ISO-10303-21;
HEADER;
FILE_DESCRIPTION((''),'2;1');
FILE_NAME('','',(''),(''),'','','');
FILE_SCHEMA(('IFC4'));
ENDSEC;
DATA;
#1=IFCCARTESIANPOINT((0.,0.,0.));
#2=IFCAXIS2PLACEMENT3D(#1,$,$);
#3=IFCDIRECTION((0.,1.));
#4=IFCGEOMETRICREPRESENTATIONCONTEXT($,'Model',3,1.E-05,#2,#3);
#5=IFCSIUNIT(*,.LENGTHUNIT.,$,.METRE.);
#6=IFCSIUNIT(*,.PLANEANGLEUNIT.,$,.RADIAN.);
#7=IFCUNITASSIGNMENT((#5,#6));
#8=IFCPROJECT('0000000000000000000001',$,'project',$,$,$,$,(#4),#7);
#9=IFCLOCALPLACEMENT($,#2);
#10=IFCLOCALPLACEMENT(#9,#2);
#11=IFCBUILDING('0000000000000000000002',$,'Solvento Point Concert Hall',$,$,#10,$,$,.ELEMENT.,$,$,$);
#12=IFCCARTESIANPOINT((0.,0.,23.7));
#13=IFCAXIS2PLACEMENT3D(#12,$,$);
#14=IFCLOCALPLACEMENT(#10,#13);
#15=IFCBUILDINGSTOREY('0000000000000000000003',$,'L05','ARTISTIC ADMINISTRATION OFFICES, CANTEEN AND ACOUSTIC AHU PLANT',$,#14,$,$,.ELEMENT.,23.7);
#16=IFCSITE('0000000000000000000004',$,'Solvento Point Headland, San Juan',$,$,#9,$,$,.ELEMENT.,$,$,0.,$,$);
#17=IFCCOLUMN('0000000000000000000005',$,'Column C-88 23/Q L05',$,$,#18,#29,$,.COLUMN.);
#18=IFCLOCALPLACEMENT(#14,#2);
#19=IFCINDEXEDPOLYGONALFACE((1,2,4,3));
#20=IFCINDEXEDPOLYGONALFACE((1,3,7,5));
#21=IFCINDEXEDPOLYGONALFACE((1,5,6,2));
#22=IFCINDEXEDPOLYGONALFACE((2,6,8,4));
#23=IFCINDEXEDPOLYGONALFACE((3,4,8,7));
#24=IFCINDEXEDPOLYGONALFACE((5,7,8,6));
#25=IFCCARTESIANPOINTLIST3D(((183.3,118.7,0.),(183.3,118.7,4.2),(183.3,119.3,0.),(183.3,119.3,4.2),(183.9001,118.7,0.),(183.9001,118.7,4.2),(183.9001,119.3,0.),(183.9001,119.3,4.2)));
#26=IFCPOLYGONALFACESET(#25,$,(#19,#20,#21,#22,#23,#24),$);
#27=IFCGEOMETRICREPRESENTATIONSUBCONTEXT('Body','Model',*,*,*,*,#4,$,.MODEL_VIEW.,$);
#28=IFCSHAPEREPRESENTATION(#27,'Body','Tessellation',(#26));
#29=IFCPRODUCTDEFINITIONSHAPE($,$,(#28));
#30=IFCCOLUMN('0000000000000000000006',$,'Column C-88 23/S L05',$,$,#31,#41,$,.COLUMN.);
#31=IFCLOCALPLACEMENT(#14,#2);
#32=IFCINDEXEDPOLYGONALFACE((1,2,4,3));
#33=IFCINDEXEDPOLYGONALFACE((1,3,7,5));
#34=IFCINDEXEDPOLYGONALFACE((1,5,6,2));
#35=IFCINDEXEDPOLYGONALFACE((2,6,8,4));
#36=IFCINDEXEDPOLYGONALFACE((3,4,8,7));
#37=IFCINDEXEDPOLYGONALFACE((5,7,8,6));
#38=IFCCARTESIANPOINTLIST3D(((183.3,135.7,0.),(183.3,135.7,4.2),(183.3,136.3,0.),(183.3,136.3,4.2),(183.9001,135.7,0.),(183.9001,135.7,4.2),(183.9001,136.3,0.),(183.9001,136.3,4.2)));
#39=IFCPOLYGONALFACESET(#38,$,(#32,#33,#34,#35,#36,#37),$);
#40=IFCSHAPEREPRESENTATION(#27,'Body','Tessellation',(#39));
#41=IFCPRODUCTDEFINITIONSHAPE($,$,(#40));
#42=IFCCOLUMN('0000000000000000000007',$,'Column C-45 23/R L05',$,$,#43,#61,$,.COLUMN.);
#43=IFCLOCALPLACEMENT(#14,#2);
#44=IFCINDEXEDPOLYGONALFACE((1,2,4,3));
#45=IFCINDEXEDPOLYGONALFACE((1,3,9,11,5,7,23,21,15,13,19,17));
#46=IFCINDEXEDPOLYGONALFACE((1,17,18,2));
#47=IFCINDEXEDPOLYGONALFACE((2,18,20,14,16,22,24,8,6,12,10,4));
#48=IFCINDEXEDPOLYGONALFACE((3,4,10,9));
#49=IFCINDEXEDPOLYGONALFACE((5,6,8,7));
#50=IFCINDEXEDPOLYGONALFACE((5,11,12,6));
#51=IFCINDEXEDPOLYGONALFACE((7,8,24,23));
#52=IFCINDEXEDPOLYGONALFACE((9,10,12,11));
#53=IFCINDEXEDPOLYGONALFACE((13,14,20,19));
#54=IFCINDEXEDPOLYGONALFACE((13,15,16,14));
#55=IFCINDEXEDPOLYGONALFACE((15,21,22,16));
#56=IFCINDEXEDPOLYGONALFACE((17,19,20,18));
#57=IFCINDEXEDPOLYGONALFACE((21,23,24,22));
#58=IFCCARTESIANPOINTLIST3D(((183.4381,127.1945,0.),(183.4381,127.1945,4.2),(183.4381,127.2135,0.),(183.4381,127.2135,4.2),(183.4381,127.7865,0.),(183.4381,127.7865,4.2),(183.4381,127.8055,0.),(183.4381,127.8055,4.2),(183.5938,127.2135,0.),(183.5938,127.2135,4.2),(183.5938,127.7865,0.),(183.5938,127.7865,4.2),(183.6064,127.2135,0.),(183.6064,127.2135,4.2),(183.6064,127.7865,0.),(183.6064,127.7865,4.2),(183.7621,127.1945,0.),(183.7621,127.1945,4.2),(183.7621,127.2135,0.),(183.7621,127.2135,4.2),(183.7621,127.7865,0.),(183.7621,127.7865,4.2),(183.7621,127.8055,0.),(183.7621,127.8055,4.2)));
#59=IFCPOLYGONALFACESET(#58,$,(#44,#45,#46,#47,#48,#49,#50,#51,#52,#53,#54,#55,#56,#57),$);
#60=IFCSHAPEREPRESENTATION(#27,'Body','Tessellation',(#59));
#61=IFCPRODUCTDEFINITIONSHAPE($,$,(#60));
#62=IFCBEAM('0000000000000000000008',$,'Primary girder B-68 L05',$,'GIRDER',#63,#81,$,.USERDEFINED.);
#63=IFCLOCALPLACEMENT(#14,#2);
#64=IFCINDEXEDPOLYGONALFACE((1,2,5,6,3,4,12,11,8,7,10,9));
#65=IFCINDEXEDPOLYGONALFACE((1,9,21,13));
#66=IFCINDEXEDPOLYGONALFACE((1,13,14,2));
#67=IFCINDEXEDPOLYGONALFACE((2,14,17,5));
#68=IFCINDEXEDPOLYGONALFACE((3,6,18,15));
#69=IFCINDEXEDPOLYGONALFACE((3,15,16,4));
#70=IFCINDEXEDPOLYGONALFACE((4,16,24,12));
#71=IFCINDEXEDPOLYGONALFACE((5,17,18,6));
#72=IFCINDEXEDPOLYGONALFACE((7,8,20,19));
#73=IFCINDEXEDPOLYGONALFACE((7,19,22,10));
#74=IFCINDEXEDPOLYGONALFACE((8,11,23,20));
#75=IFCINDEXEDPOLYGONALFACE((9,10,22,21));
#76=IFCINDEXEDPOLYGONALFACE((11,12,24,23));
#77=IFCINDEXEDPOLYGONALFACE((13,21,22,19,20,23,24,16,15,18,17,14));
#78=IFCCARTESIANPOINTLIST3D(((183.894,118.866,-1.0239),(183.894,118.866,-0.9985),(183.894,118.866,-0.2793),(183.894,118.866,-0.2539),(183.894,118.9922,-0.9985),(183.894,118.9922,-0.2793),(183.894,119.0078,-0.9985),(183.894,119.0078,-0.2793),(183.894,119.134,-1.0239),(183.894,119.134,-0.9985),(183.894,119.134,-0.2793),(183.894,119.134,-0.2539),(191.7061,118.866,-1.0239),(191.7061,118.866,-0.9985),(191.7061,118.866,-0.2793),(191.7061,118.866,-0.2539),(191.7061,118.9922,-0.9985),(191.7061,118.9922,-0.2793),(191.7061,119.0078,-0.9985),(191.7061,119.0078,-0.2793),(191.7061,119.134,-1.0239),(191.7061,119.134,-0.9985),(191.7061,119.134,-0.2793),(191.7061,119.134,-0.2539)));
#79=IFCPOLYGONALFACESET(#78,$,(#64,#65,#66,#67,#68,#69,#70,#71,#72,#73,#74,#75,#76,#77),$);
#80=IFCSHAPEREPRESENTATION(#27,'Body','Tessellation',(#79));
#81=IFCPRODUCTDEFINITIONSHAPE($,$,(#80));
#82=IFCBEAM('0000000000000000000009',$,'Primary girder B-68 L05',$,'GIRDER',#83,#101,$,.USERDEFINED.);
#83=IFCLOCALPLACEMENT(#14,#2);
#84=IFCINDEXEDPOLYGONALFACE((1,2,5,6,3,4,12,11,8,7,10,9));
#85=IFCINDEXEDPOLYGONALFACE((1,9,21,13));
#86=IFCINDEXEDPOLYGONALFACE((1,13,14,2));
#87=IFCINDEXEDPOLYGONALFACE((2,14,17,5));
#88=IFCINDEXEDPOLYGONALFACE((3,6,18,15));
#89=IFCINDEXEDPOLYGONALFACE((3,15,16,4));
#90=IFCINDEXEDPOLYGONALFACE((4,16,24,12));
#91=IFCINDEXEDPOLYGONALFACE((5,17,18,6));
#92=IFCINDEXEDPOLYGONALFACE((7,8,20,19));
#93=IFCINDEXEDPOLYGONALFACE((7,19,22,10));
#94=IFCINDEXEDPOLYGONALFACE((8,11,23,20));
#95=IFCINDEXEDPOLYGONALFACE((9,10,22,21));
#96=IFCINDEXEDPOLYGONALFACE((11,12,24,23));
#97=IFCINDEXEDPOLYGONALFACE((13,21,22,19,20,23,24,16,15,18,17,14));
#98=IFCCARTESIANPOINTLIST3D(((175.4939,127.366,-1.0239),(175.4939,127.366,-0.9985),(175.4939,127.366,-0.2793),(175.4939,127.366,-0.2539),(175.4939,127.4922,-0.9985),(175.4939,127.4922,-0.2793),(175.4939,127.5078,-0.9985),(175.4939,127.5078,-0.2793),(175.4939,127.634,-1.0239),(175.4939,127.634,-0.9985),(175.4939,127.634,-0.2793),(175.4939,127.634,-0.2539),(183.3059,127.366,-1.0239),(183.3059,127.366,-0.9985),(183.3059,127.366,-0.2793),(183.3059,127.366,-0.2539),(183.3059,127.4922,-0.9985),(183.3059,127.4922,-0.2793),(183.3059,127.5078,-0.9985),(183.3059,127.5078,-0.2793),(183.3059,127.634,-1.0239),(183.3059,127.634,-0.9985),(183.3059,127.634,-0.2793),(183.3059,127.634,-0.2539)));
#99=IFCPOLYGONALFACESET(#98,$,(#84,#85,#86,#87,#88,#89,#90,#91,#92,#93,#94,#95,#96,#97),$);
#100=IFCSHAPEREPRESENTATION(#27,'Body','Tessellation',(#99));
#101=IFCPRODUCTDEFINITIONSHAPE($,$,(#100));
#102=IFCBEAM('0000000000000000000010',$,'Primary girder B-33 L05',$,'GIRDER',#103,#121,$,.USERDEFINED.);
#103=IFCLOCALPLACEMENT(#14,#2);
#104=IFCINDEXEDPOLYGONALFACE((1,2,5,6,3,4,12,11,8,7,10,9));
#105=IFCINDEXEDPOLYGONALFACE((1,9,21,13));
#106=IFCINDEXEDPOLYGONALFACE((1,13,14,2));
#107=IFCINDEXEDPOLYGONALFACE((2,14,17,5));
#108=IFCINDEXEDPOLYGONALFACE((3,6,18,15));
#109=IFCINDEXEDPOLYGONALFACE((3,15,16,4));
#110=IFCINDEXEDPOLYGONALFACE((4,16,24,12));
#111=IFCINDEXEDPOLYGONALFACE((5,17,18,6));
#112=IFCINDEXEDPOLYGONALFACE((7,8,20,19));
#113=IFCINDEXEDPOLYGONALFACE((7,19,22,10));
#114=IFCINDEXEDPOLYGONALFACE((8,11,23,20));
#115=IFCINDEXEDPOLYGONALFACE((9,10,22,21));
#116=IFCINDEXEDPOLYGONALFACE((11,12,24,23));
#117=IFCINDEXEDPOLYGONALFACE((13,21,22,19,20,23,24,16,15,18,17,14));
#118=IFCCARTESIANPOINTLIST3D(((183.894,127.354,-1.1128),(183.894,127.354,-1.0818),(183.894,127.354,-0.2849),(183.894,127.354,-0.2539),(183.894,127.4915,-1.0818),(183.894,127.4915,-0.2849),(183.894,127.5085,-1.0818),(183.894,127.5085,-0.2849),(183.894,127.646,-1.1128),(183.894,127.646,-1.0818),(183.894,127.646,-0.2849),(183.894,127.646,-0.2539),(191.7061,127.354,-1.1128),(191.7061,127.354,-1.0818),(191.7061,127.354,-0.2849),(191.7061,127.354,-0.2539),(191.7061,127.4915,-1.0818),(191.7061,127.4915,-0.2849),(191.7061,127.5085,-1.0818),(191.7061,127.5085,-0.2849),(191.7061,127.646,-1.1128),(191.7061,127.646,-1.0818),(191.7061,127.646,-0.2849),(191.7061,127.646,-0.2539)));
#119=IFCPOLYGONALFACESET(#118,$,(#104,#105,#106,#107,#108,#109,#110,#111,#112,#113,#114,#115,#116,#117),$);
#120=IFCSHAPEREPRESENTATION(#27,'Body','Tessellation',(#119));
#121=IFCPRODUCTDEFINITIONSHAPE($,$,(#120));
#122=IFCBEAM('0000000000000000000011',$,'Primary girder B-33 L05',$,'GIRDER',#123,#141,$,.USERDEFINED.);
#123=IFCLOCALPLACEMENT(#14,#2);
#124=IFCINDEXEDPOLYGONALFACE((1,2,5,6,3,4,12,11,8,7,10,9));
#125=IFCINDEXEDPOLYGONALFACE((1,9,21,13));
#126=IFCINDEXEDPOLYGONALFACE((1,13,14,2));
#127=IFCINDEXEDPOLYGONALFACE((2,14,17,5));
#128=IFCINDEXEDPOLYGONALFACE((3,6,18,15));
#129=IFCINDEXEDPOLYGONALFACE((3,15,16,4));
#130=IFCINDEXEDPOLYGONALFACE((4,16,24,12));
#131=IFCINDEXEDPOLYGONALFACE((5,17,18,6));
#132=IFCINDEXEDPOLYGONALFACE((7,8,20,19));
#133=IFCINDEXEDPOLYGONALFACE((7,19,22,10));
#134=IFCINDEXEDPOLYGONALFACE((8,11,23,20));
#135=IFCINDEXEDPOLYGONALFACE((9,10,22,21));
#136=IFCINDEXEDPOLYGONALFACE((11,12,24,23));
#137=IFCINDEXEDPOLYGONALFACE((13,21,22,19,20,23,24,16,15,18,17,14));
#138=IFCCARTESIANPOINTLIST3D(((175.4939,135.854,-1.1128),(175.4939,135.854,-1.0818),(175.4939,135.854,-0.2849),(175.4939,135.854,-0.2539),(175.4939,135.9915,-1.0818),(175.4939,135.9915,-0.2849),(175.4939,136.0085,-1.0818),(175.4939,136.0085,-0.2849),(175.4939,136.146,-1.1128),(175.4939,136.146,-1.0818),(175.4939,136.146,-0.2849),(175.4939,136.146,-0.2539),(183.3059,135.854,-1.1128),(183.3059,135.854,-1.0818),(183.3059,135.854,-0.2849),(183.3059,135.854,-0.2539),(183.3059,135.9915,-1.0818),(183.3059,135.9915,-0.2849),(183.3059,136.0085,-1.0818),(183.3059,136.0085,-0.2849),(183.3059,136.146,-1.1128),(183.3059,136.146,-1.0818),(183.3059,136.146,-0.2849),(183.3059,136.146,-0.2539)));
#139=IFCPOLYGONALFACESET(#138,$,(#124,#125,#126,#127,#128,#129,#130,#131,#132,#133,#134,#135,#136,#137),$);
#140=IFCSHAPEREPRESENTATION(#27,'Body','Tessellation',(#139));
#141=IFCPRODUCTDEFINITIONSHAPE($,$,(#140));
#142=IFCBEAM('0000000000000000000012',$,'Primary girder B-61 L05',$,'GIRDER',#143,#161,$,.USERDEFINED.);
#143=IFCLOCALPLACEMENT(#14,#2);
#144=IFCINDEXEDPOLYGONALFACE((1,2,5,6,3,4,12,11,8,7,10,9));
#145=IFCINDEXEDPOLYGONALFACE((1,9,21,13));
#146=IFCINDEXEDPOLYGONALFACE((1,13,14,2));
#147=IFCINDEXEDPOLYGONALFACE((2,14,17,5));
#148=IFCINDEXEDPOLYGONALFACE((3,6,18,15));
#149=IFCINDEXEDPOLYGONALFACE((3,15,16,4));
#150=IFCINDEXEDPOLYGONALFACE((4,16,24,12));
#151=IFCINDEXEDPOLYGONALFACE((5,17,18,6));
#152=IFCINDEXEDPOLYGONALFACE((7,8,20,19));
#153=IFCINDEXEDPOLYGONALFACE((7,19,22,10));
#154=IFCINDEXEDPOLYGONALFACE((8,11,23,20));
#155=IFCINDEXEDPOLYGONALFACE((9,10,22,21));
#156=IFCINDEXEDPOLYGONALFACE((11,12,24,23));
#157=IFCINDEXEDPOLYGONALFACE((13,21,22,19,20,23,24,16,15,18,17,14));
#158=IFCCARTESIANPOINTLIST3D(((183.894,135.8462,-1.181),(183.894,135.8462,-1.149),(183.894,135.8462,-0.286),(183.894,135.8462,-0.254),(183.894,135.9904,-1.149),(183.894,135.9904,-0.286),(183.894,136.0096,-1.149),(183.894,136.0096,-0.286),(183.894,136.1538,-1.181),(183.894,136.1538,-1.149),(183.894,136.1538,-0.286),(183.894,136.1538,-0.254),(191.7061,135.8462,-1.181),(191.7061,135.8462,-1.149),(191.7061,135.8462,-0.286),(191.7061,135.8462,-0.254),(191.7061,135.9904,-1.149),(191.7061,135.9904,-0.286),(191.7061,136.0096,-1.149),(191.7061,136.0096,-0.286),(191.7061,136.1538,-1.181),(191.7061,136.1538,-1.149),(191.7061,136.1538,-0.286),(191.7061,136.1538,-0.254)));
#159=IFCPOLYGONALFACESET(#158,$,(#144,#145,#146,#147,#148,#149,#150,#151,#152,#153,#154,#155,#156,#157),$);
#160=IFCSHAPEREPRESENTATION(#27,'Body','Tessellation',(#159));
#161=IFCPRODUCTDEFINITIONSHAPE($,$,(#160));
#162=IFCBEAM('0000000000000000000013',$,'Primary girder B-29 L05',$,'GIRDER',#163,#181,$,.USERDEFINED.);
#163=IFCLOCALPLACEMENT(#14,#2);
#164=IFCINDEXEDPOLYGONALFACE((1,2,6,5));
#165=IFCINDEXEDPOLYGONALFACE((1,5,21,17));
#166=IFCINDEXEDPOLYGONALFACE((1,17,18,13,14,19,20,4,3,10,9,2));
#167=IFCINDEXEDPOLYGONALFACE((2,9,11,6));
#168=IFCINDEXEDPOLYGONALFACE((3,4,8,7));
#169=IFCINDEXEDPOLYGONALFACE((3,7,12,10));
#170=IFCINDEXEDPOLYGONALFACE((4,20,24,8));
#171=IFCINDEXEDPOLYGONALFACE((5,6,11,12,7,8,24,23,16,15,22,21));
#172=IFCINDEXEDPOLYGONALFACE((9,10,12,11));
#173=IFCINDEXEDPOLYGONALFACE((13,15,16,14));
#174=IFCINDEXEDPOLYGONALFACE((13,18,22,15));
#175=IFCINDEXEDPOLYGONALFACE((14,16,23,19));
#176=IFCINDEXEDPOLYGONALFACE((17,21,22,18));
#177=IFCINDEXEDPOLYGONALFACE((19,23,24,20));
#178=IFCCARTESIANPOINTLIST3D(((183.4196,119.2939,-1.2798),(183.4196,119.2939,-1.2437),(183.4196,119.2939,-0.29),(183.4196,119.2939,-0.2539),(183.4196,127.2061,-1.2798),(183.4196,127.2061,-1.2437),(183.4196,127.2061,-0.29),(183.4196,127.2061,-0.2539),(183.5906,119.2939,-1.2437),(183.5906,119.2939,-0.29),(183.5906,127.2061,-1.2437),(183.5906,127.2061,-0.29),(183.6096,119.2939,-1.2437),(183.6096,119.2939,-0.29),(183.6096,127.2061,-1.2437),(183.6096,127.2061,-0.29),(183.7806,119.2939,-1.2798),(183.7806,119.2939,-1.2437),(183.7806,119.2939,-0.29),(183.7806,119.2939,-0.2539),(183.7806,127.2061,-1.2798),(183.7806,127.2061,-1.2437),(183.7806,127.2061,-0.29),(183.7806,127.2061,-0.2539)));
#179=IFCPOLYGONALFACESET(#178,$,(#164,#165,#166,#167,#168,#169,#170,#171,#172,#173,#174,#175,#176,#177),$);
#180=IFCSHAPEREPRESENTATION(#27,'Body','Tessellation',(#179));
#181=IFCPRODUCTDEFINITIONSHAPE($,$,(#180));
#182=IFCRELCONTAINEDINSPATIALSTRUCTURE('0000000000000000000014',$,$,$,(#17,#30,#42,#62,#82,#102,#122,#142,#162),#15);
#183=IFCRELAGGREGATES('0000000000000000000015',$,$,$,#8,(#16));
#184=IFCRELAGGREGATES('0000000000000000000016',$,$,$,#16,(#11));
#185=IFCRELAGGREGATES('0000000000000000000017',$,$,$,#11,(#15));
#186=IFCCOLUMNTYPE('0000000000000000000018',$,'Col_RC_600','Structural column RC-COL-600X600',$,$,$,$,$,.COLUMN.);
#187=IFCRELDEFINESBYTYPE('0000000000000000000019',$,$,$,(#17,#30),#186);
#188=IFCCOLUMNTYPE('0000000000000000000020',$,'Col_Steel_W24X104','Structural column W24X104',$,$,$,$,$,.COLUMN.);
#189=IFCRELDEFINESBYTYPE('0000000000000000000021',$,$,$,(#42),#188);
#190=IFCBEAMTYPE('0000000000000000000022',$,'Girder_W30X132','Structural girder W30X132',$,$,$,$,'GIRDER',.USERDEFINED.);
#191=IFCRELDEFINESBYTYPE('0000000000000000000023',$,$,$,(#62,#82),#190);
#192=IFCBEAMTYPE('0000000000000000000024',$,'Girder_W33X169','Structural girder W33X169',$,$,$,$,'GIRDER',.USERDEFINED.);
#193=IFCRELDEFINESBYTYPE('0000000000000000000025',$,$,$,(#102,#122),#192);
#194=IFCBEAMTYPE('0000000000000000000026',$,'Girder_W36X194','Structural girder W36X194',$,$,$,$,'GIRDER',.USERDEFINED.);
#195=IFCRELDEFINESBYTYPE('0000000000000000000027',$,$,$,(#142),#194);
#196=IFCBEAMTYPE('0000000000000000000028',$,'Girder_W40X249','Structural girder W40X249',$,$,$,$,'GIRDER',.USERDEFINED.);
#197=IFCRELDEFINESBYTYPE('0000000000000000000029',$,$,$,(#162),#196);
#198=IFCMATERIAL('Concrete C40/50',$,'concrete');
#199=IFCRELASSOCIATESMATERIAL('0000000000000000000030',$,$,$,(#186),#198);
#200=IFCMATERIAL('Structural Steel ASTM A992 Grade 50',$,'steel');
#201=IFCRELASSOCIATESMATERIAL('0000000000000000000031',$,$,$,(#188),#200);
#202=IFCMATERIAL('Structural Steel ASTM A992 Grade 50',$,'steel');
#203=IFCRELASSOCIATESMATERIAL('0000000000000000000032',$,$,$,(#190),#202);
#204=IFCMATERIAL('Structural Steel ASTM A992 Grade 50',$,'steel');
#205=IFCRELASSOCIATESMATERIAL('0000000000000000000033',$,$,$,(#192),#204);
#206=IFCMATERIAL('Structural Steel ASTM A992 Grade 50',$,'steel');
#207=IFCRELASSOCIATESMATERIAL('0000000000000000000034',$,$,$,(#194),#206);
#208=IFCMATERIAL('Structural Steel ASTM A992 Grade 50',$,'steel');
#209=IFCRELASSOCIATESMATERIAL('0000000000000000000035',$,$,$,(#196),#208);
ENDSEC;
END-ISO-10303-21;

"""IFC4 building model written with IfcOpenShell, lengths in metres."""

from ifc_helpers import new_model, si_unit, direction, frame, origin, origin_2d, place, context, subcontext, project, spatial, rectangle, i_section, extrude, material, material_profile, profile_set, type_object, element, save


model = new_model("IFC4")

# Units and contexts
model_context = context("Model", 3, precision=1e-05, world=origin(), true_north=direction((0.0, 1.0)))
body_context = subcontext(model_context, "Body", "Model", "MODEL_VIEW")
ifc_project = project(units=[si_unit("LENGTHUNIT", "METRE"), si_unit("PLANEANGLEUNIT", "RADIAN")], contexts=[model_context])

# Site, building, storey
site_placement = place(None, origin())
site = spatial("IfcSite", under=ifc_project, at=site_placement, Name="Solvento Point Headland, San Juan", CompositionType="ELEMENT", RefElevation=0.0)
building_placement = place(site_placement, origin())
building = spatial("IfcBuilding", under=site, at=building_placement, Name="Solvento Point Concert Hall", CompositionType="ELEMENT")
storey_placement = place(building_placement, frame((0.0, 0.0, 23.7)))
storey = spatial("IfcBuildingStorey", under=building, at=storey_placement, Name="L05", Description="ARTISTIC ADMINISTRATION OFFICES, CANTEEN AND ACOUSTIC AHU PLANT", CompositionType="ELEMENT", Elevation=23.7)

# Columns
ifc_material_1 = material(Name="Concrete C40/50", Category="concrete")
ifc_material_profile_1 = material_profile(ifc_material_1, rectangle(XDim=0.6001, YDim=0.6001, at=origin_2d()), Name="RC-COL-600X600")
ifc_profile_set_1 = profile_set([ifc_material_profile_1], Name="Concrete C40/50")
column_type_1 = type_object("IfcColumnType", Name="Col_RC_600", Description="Structural column RC-COL-600X600", PredefinedType="COLUMN", material=ifc_profile_set_1)
for number, where, z_axis, x_axis, name in (
    (1, (183.6001, 119.0, 0.0), (0.0, 0.0, 1.0), (1.0, 0.0, 0.0), "Column C-88 23/Q L05"),
    (2, (183.6001, 136.0, 0.0), (0.0, 0.0, 1.0), (1.0, 0.0, 0.0), "Column C-88 23/S L05"),
):
    element("IfcColumn", number, at=place(storey_placement, frame(where, z_axis=z_axis, x_axis=x_axis)), inside=storey, type_object=column_type_1, Name=name, PredefinedType="COLUMN", context=body_context, shape_type="SweptSolid", body=[
        extrude(rectangle(XDim=0.6001, YDim=0.6001, at=origin_2d()), origin(), (0.0, 0.0, 1.0), 4.2),
    ])
ifc_material_2 = material(Name="Structural Steel ASTM A992 Grade 50", Category="steel")
ifc_material_profile_2 = material_profile(ifc_material_2, i_section(OverallWidth=0.324, OverallDepth=0.6111, WebThickness=0.0127, FlangeThickness=0.019, at=origin_2d()), Name="W24X104")
ifc_profile_set_2 = profile_set([ifc_material_profile_2], Name="Structural Steel ASTM A992 Grade 50")
column_type_2 = type_object("IfcColumnType", Name="Col_Steel_W24X104", Description="Structural column W24X104", PredefinedType="COLUMN", material=ifc_profile_set_2)
column_placement = place(storey_placement, frame((183.6001, 127.5, 0.0), z_axis=(0.0, 0.0, 1.0), x_axis=(1.0, 0.0, 0.0)))
element("IfcColumn", 3, at=column_placement, inside=storey, type_object=column_type_2, Name="Column C-45 23/R L05", PredefinedType="COLUMN", context=body_context, shape_type="SweptSolid", body=[
    extrude(i_section(OverallWidth=0.324, OverallDepth=0.6111, WebThickness=0.0127, FlangeThickness=0.019, at=origin_2d()), origin(), (0.0, 0.0, 1.0), 4.2),
])

# Beams
ifc_material_3 = material(Name="Structural Steel ASTM A992 Grade 50", Category="steel")
ifc_material_profile_3 = material_profile(ifc_material_3, i_section(OverallWidth=0.2681, OverallDepth=0.77, WebThickness=0.0156, FlangeThickness=0.0254, at=origin_2d()), Name="W30X132")
ifc_profile_set_3 = profile_set([ifc_material_profile_3], Name="Structural Steel ASTM A992 Grade 50")
beam_type_1 = type_object("IfcBeamType", Name="Girder_W30X132", Description="Structural girder W30X132", ElementType="GIRDER", PredefinedType="USERDEFINED", material=ifc_profile_set_3)
for number, where, z_axis, x_axis, name in (
    (4, (183.894, 119.0, -0.6389), (1.0, 0.0, 0.0), (0.0, 1.0, 0.0), "Primary girder B-68 L05"),
    (5, (175.4939, 127.5, -0.6389), (1.0, 0.0, 0.0), (0.0, 1.0, 0.0), "Primary girder B-68 L05"),
):
    element("IfcBeam", number, at=place(storey_placement, frame(where, z_axis=z_axis, x_axis=x_axis)), inside=storey, type_object=beam_type_1, Name=name, ObjectType="GIRDER", PredefinedType="USERDEFINED", context=body_context, shape_type="SweptSolid", body=[
        extrude(i_section(OverallWidth=0.2681, OverallDepth=0.77, WebThickness=0.0156, FlangeThickness=0.0254, at=origin_2d()), origin(), (0.0, 0.0, 1.0), 7.812),
    ])
ifc_material_4 = material(Name="Structural Steel ASTM A992 Grade 50", Category="steel")
ifc_material_profile_4 = material_profile(ifc_material_4, i_section(OverallWidth=0.292, OverallDepth=0.8589, WebThickness=0.0171, FlangeThickness=0.031, at=origin_2d()), Name="W33X169")
ifc_profile_set_4 = profile_set([ifc_material_profile_4], Name="Structural Steel ASTM A992 Grade 50")
beam_type_2 = type_object("IfcBeamType", Name="Girder_W33X169", Description="Structural girder W33X169", ElementType="GIRDER", PredefinedType="USERDEFINED", material=ifc_profile_set_4)
for number, where, z_axis, x_axis, name in (
    (6, (183.894, 127.5, -0.6833), (1.0, 0.0, 0.0), (0.0, 1.0, 0.0), "Primary girder B-33 L05"),
    (7, (175.4939, 136.0, -0.6833), (1.0, 0.0, 0.0), (0.0, 1.0, 0.0), "Primary girder B-33 L05"),
):
    element("IfcBeam", number, at=place(storey_placement, frame(where, z_axis=z_axis, x_axis=x_axis)), inside=storey, type_object=beam_type_2, Name=name, ObjectType="GIRDER", PredefinedType="USERDEFINED", context=body_context, shape_type="SweptSolid", body=[
        extrude(i_section(OverallWidth=0.292, OverallDepth=0.8589, WebThickness=0.0171, FlangeThickness=0.031, at=origin_2d()), origin(), (0.0, 0.0, 1.0), 7.812),
    ])
ifc_material_5 = material(Name="Structural Steel ASTM A992 Grade 50", Category="steel")
ifc_material_profile_5 = material_profile(ifc_material_5, i_section(OverallWidth=0.3076, OverallDepth=0.927, WebThickness=0.0193, FlangeThickness=0.032, at=origin_2d()), Name="W36X194")
ifc_profile_set_5 = profile_set([ifc_material_profile_5], Name="Structural Steel ASTM A992 Grade 50")
beam_type_3 = type_object("IfcBeamType", Name="Girder_W36X194", Description="Structural girder W36X194", ElementType="GIRDER", PredefinedType="USERDEFINED", material=ifc_profile_set_5)
beam_1_placement = place(storey_placement, frame((183.894, 136.0, -0.7175), z_axis=(1.0, 0.0, 0.0), x_axis=(0.0, 1.0, 0.0)))
element("IfcBeam", 8, at=beam_1_placement, inside=storey, type_object=beam_type_3, Name="Primary girder B-61 L05", ObjectType="GIRDER", PredefinedType="USERDEFINED", context=body_context, shape_type="SweptSolid", body=[
    extrude(i_section(OverallWidth=0.3076, OverallDepth=0.927, WebThickness=0.0193, FlangeThickness=0.032, at=origin_2d()), origin(), (0.0, 0.0, 1.0), 7.812),
])
ifc_material_6 = material(Name="Structural Steel ASTM A992 Grade 50", Category="steel")
ifc_material_profile_6 = material_profile(ifc_material_6, i_section(OverallWidth=0.3611, OverallDepth=1.0259, WebThickness=0.019, FlangeThickness=0.0361, at=origin_2d()), Name="W40X249")
ifc_profile_set_6 = profile_set([ifc_material_profile_6], Name="Structural Steel ASTM A992 Grade 50")
beam_type_4 = type_object("IfcBeamType", Name="Girder_W40X249", Description="Structural girder W40X249", ElementType="GIRDER", PredefinedType="USERDEFINED", material=ifc_profile_set_6)
beam_2_placement = place(storey_placement, frame((183.6001, 119.2939, -0.7668), z_axis=(0.0, 1.0, 0.0), x_axis=(-1.0, 0.0, 0.0)))
element("IfcBeam", 9, at=beam_2_placement, inside=storey, type_object=beam_type_4, Name="Primary girder B-29 L05", ObjectType="GIRDER", PredefinedType="USERDEFINED", context=body_context, shape_type="SweptSolid", body=[
    extrude(i_section(OverallWidth=0.3611, OverallDepth=1.0259, WebThickness=0.019, FlangeThickness=0.0361, at=origin_2d()), origin(), (0.0, 0.0, 1.0), 7.9121),
])

save(model, "model.ifc")
